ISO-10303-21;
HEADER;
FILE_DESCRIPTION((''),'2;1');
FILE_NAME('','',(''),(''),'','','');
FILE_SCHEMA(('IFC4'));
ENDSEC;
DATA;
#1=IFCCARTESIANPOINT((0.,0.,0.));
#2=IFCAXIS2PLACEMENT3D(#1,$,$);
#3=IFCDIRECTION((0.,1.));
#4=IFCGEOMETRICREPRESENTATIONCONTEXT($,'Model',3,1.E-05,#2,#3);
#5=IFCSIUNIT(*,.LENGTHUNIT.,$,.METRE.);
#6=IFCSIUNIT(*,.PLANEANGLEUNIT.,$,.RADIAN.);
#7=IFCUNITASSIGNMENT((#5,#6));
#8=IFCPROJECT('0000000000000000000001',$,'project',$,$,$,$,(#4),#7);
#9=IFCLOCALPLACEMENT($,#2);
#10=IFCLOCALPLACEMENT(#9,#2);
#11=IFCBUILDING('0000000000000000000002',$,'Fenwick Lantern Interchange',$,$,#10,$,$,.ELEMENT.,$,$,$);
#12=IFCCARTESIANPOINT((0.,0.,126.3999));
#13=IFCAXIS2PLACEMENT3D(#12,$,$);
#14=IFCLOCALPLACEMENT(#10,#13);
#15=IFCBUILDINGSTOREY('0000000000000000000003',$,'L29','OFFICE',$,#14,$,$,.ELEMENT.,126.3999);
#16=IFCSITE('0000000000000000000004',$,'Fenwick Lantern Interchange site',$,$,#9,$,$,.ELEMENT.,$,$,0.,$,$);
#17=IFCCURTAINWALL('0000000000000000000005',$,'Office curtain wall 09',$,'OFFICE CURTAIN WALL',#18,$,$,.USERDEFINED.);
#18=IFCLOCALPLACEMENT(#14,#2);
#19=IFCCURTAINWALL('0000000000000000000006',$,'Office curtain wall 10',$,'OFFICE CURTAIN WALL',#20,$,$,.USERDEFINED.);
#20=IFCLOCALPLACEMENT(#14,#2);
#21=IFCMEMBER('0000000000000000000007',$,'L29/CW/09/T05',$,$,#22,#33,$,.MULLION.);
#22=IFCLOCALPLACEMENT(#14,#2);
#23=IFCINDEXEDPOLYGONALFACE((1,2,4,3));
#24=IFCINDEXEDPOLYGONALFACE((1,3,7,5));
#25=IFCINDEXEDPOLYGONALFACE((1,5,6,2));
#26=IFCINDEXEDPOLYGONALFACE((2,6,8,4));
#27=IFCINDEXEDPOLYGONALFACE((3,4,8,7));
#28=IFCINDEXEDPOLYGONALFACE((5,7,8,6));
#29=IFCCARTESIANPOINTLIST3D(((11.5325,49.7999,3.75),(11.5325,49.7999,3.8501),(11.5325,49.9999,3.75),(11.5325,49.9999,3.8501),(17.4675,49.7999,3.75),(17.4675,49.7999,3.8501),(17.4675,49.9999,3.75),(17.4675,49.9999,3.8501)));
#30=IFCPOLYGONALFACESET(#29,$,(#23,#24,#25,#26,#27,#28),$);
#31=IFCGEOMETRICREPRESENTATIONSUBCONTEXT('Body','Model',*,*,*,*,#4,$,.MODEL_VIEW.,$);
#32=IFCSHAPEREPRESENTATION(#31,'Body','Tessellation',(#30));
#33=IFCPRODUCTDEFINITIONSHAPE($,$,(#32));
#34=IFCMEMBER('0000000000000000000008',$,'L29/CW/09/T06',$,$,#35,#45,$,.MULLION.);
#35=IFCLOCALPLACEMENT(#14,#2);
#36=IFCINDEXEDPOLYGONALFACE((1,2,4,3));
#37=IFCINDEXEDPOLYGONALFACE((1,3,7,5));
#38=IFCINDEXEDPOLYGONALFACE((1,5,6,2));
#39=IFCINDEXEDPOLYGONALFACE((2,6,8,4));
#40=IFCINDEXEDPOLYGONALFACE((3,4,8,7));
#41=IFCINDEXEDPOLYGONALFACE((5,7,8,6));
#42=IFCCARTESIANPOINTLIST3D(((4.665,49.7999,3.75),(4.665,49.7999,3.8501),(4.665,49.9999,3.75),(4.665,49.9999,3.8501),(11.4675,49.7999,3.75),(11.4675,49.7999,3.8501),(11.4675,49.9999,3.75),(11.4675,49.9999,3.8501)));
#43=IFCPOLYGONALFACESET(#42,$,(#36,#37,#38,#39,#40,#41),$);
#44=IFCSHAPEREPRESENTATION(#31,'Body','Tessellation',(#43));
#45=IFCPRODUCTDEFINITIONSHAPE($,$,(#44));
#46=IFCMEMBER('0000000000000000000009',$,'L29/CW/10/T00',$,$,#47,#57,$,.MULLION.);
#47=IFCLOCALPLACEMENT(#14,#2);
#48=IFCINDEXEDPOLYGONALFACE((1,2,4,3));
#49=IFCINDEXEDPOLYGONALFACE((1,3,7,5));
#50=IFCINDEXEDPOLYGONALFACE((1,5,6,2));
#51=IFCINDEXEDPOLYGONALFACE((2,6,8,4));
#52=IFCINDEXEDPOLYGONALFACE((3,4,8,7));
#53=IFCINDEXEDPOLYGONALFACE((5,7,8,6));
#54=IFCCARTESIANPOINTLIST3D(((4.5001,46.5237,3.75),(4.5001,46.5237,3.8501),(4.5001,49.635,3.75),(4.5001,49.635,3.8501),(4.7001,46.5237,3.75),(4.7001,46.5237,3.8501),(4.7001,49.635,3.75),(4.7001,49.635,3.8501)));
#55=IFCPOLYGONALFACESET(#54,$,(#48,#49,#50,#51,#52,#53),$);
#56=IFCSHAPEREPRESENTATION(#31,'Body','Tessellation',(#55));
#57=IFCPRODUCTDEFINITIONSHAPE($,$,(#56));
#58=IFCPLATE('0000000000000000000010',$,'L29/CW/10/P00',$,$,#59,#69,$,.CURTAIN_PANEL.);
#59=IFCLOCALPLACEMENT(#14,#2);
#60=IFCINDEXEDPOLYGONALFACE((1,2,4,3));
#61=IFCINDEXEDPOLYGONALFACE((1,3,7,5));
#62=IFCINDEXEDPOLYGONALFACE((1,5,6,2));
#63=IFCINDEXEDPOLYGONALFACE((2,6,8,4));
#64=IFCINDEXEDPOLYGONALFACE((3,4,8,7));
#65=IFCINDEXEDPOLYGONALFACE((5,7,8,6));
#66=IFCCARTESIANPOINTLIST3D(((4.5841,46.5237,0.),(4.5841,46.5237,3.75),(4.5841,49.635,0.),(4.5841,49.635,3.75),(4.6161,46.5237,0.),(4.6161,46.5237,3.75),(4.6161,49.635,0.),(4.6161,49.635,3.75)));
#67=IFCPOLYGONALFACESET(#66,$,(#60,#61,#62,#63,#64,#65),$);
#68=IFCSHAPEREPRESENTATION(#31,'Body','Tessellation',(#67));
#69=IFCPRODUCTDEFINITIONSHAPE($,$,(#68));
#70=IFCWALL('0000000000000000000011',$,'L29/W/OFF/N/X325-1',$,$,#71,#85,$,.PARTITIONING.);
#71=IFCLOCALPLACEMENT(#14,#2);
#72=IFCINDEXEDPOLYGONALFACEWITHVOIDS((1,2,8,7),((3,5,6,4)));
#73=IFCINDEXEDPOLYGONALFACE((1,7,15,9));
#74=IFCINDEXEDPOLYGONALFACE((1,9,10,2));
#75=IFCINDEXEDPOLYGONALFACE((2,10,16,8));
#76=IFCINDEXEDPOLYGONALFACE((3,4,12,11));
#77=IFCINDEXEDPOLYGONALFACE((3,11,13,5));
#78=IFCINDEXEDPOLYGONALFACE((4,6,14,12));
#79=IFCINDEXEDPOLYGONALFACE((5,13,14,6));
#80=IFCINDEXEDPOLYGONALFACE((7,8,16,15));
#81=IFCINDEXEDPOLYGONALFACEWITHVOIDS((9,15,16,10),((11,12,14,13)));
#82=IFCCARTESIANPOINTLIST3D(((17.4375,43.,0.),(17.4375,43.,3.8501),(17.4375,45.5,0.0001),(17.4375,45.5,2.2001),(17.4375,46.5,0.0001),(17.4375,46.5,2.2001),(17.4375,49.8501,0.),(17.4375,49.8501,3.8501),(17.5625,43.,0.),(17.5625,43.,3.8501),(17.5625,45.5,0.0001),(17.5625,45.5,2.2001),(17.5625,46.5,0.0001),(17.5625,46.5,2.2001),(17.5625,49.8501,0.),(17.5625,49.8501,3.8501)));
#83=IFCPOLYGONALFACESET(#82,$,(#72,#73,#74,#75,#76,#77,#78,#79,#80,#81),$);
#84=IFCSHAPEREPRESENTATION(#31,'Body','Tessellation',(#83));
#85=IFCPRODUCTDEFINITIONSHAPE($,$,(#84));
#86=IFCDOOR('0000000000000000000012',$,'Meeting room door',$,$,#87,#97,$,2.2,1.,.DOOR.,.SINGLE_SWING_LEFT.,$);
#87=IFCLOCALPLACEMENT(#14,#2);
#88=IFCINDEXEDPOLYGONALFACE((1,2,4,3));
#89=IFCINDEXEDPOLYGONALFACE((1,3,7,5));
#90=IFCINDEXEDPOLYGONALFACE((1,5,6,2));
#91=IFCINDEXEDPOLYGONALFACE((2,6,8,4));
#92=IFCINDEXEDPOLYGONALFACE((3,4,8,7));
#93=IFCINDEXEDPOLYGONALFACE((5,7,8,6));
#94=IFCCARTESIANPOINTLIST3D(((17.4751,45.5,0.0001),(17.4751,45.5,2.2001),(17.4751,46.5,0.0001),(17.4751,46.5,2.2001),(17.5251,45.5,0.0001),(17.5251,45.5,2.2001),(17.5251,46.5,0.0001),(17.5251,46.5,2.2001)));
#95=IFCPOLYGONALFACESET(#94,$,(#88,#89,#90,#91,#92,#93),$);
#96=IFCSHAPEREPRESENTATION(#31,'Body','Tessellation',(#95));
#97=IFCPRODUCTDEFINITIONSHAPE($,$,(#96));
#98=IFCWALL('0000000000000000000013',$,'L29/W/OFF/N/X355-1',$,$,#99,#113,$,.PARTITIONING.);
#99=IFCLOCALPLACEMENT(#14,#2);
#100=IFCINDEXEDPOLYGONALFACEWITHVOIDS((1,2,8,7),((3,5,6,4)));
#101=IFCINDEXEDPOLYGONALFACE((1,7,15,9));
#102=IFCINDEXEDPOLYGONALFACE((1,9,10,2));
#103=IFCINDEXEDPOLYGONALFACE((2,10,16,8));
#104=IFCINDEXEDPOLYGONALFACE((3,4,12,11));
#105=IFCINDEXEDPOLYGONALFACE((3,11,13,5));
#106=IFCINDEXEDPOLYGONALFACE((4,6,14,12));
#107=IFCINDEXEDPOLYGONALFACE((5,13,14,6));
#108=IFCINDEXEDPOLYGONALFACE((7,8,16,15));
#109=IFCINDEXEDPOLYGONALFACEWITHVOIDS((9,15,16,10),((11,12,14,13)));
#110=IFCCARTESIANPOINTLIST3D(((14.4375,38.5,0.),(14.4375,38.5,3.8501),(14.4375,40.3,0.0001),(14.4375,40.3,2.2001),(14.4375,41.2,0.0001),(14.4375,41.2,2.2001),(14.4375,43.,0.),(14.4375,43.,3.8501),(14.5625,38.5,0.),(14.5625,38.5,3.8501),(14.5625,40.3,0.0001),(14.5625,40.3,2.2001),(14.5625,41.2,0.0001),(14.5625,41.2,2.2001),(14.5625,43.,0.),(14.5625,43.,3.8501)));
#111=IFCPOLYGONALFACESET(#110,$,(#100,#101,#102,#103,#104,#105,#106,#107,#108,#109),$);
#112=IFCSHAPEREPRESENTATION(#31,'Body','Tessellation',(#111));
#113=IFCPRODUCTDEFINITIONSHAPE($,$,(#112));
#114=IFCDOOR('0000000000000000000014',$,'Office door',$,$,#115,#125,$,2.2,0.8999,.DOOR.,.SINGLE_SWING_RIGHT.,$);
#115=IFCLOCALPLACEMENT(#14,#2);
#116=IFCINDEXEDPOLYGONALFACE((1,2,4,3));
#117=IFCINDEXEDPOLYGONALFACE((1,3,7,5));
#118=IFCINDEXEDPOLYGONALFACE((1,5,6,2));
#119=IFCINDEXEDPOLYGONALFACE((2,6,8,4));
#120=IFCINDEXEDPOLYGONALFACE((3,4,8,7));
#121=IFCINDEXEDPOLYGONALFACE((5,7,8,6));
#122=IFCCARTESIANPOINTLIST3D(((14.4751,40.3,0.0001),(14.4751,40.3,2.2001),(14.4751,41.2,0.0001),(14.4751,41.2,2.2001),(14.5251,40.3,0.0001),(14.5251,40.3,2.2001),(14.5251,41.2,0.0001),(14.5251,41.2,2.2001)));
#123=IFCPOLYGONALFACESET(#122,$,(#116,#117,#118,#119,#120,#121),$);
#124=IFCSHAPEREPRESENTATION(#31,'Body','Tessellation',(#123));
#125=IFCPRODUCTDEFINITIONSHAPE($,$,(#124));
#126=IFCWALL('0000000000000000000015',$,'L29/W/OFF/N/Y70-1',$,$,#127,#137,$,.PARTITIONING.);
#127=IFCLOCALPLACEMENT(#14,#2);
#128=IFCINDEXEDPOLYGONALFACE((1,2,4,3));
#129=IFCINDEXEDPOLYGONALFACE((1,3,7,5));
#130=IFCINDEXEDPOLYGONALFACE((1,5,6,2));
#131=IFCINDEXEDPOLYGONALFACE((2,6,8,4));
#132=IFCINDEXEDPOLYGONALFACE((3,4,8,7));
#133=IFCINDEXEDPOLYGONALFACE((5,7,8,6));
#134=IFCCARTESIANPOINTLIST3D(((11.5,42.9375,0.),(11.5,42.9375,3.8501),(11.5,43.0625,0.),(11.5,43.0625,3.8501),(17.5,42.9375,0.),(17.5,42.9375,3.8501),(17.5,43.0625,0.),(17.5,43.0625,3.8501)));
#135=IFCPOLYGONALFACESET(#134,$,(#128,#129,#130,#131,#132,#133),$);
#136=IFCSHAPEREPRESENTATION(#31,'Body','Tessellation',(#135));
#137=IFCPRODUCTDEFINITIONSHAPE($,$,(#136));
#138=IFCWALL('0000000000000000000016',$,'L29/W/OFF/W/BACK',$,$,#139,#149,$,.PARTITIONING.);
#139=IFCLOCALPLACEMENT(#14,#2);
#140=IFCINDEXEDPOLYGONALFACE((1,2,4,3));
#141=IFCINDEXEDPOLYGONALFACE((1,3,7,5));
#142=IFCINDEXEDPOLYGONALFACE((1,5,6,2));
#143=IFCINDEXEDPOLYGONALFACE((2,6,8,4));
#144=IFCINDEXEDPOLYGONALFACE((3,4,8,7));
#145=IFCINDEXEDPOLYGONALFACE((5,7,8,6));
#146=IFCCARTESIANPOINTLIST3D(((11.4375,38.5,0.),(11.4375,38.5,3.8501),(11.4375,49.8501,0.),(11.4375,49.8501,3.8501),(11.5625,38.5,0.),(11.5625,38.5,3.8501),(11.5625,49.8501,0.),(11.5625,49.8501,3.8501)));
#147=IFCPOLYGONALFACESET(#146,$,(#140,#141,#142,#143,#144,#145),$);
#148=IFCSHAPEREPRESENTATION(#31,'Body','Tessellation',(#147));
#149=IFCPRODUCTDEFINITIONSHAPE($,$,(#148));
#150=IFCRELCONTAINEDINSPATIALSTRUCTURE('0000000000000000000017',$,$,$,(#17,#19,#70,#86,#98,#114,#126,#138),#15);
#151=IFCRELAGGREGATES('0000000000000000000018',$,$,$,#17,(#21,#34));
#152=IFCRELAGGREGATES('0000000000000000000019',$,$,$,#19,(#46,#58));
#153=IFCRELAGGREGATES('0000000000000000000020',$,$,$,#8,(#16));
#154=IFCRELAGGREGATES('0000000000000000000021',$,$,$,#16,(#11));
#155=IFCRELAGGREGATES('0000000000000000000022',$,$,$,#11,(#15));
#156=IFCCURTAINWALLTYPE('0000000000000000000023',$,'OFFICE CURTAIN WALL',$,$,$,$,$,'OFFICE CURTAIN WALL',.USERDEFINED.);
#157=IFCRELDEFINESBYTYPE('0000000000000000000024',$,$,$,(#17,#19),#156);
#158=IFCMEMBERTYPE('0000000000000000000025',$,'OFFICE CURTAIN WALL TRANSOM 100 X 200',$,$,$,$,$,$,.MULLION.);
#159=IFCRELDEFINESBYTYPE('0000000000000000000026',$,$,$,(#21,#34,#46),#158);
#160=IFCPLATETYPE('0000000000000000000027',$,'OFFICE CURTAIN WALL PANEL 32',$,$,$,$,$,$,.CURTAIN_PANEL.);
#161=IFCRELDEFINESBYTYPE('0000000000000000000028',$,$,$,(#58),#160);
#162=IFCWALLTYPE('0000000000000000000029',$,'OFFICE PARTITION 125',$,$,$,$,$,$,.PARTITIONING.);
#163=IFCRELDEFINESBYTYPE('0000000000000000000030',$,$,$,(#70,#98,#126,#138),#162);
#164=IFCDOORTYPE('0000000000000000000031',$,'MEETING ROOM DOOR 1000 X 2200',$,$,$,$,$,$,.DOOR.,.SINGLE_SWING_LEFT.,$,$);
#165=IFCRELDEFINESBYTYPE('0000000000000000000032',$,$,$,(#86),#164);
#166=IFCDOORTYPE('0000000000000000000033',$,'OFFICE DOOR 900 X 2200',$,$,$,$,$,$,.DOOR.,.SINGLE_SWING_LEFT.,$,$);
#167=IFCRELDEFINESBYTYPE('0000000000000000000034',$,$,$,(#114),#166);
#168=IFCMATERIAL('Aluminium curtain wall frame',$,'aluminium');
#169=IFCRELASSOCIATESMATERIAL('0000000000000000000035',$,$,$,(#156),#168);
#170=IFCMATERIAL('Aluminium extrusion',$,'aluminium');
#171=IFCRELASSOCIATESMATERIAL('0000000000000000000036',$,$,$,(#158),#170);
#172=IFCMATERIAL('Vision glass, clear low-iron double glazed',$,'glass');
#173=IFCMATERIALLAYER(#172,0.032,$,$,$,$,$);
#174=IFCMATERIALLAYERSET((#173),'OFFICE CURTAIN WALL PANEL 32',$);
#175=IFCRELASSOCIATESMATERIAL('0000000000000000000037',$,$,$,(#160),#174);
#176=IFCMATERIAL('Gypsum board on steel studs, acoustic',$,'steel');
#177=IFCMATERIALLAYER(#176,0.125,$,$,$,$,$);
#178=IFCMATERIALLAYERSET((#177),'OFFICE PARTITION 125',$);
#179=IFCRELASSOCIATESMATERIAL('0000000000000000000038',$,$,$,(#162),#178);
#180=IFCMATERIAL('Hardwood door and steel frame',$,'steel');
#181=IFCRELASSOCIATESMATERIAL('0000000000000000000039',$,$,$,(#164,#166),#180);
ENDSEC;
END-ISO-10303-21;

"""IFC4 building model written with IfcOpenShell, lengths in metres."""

from ifc_helpers import new_model, si_unit, direction, frame, frame_2d, origin, origin_2d, place, context, subcontext, project, spatial, rectangle, extrude, material, layer, layer_set, material_profile, profile_set, type_object, element, fill, aggregate, save


model = new_model("IFC4")

# Units and contexts
model_context = context("Model", 3, precision=1e-05, world=origin(), true_north=direction((0.0, 1.0)))
body_context = subcontext(model_context, "Body", "Model", "MODEL_VIEW")
ifc_project = project(units=[si_unit("LENGTHUNIT", "METRE"), si_unit("PLANEANGLEUNIT", "RADIAN")], contexts=[model_context])

# Site, building, storey
site_placement = place(None, origin())
site = spatial("IfcSite", under=ifc_project, at=site_placement, Name="Fenwick Lantern Interchange site", CompositionType="ELEMENT", RefElevation=0.0)
building_placement = place(site_placement, origin())
building = spatial("IfcBuilding", under=site, at=building_placement, Name="Fenwick Lantern Interchange", CompositionType="ELEMENT")
storey_placement = place(building_placement, frame((0.0, 0.0, 126.3999)))
storey = spatial("IfcBuildingStorey", under=building, at=storey_placement, Name="L29", Description="OFFICE", CompositionType="ELEMENT", Elevation=126.3999)

# Curtain wall
ifc_material_1 = material(Name="Aluminium curtain wall frame", Category="aluminium")
curtain_wall_type = type_object("IfcCurtainWallType", Name="OFFICE CURTAIN WALL", ElementType="OFFICE CURTAIN WALL", PredefinedType="USERDEFINED", material=ifc_material_1)
curtain_wall_1_placement = place(storey_placement, origin())
curtain_wall_1 = element("IfcCurtainWall", 1, at=curtain_wall_1_placement, inside=storey, type_object=curtain_wall_type, Name="Office curtain wall 09", ObjectType="OFFICE CURTAIN WALL", PredefinedType="USERDEFINED")
ifc_material_2 = material(Name="Aluminium extrusion", Category="aluminium")

# Curtain wall
curtain_wall_2_placement = place(storey_placement, origin())
curtain_wall_2 = element("IfcCurtainWall", 2, at=curtain_wall_2_placement, inside=storey, type_object=curtain_wall_type, Name="Office curtain wall 10", ObjectType="OFFICE CURTAIN WALL", PredefinedType="USERDEFINED")

# Members
ifc_material_profile_1 = material_profile(ifc_material_2, rectangle(XDim=0.2, YDim=0.1001, at=origin_2d()), Name="OFFICE CURTAIN WALL TRANSOM 100 X 200")
ifc_profile_set_1 = profile_set([ifc_material_profile_1], Name="Aluminium extrusion")
member_type_1 = type_object("IfcMemberType", Name="OFFICE CURTAIN WALL TRANSOM 100 X 200", PredefinedType="MULLION", material=ifc_profile_set_1)
member_1_placement = place(storey_placement, frame((17.4675, 49.8999, 3.8), z_axis=(-1.0, 0.0, 0.0), x_axis=(0.0, -1.0, 0.0)))
member_1 = element("IfcMember", 3, at=member_1_placement, type_object=member_type_1, Name="L29/CW/09/T05", PredefinedType="MULLION", context=body_context, shape_type="SweptSolid", body=[
    extrude(rectangle(XDim=0.2, YDim=0.1001, at=origin_2d()), origin(), (0.0, 0.0, 1.0), 5.9351),
])
member_2_placement = place(storey_placement, frame((11.4675, 49.8999, 3.8), z_axis=(-1.0, 0.0, 0.0), x_axis=(0.0, -1.0, 0.0)))
member_2 = element("IfcMember", 4, at=member_2_placement, type_object=member_type_1, Name="L29/CW/09/T06", PredefinedType="MULLION", context=body_context, shape_type="SweptSolid", body=[
    extrude(rectangle(XDim=0.2, YDim=0.1001, at=origin_2d()), origin(), (0.0, 0.0, 1.0), 6.8025),
])
aggregate(curtain_wall_1, [member_1, member_2])
member_3_placement = place(storey_placement, frame((4.6001, 49.635, 3.8), z_axis=(0.0, -1.0, 0.0), x_axis=(1.0, 0.0, 0.0)))
member_3 = element("IfcMember", 5, at=member_3_placement, type_object=member_type_1, Name="L29/CW/10/T00", PredefinedType="MULLION", context=body_context, shape_type="SweptSolid", body=[
    extrude(rectangle(XDim=0.2, YDim=0.1001, at=origin_2d()), origin(), (0.0, 0.0, 1.0), 3.1113),
])

# Plate
ifc_material_3 = material(Name="Vision glass, clear low-iron double glazed", Category="glass")
ifc_layer_1 = layer(ifc_material_3, 0.032)
ifc_layer_set_1 = layer_set([ifc_layer_1], Name="OFFICE CURTAIN WALL PANEL 32")
plate_type = type_object("IfcPlateType", Name="OFFICE CURTAIN WALL PANEL 32", PredefinedType="CURTAIN_PANEL", material=ifc_layer_set_1)
plate_placement = place(storey_placement, frame((4.6001, 48.0793, 0.0), z_axis=(0.0, 0.0, 1.0), x_axis=(0.0, -1.0, 0.0)))
plate = element("IfcPlate", 6, at=plate_placement, type_object=plate_type, Name="L29/CW/10/P00", PredefinedType="CURTAIN_PANEL", context=body_context, shape_type="SweptSolid", body=[
    extrude(rectangle(XDim=3.1113, YDim=0.032, at=origin_2d()), origin(), (0.0, 0.0, 1.0), 3.75),
])
aggregate(curtain_wall_2, [member_3, plate])

# Walls, openings, doors
ifc_material_4 = material(Name="Gypsum board on steel studs, acoustic", Category="steel")
ifc_layer_2 = layer(ifc_material_4, 0.125)
ifc_layer_set_2 = layer_set([ifc_layer_2], Name="OFFICE PARTITION 125")
wall_type = type_object("IfcWallType", Name="OFFICE PARTITION 125", PredefinedType="PARTITIONING", material=ifc_layer_set_2)
wall_1_placement = place(storey_placement, frame((17.5, 49.8501, 0.0), z_axis=(0.0, 0.0, 1.0), x_axis=(0.0, -1.0, 0.0)))
wall_1 = element("IfcWall", 7, at=wall_1_placement, inside=storey, type_object=wall_type, Name="L29/W/OFF/N/X325-1", PredefinedType="PARTITIONING", context=body_context, shape_type="SweptSolid", body=[
    extrude(rectangle(XDim=6.8501, YDim=0.125, at=frame_2d((3.425, 0.0))), origin(), (0.0, 0.0, 1.0), 3.8501),
])
opening_1_placement = place(wall_1_placement, frame((3.3501, 0.0, 0.0)))
opening_1 = element("IfcOpeningElement", 8, at=opening_1_placement, cuts=wall_1, PredefinedType="OPENING", context=body_context, shape_type="SweptSolid", body=[
    extrude(rectangle(XDim=1.0, YDim=2.2, at=frame_2d((0.5, 1.1001))), frame((0.0, 0.0725, 0.0), z_axis=(0.0, -1.0, 0.0), x_axis=(1.0, 0.0, 0.0)), (0.0, 0.0, 1.0), 0.145),
])
ifc_material_5 = material(Name="Hardwood door and steel frame", Category="steel")
door_type_1 = type_object("IfcDoorType", Name="MEETING ROOM DOOR 1000 X 2200", OperationType="SINGLE_SWING_LEFT", PredefinedType="DOOR", material=ifc_material_5)
door_1_placement = place(opening_1_placement, frame((1.0, 0.0, 0.0), z_axis=(0.0, 0.0, 1.0), x_axis=(-1.0, 0.0, 0.0)))
door_1 = element("IfcDoor", 9, at=door_1_placement, inside=storey, type_object=door_type_1, Name="Meeting room door", OperationType="SINGLE_SWING_LEFT", OverallHeight=2.2, OverallWidth=1.0, PredefinedType="DOOR", context=body_context, shape_type="SweptSolid", body=[
    extrude(rectangle(XDim=1.0, YDim=2.2, at=frame_2d((0.5, 1.1001))), frame((0.0, 0.0249, 0.0), z_axis=(0.0, -1.0, 0.0), x_axis=(1.0, 0.0, 0.0)), (0.0, 0.0, 1.0), 0.05),
])
fill(opening_1, door_1)
wall_2_placement = place(storey_placement, frame((14.5, 43.0, 0.0), z_axis=(0.0, 0.0, 1.0), x_axis=(0.0, -1.0, 0.0)))
wall_2 = element("IfcWall", 10, at=wall_2_placement, inside=storey, type_object=wall_type, Name="L29/W/OFF/N/X355-1", PredefinedType="PARTITIONING", context=body_context, shape_type="SweptSolid", body=[
    extrude(rectangle(XDim=4.5, YDim=0.125, at=frame_2d((2.25, 0.0))), origin(), (0.0, 0.0, 1.0), 3.8501),
])
opening_2_placement = place(wall_2_placement, frame((1.8, 0.0, 0.0)))
opening_2 = element("IfcOpeningElement", 11, at=opening_2_placement, cuts=wall_2, PredefinedType="OPENING", context=body_context, shape_type="SweptSolid", body=[
    extrude(rectangle(XDim=0.8999, YDim=2.2, at=frame_2d((0.45, 1.1001))), frame((0.0, 0.0725, 0.0), z_axis=(0.0, -1.0, 0.0), x_axis=(1.0, 0.0, 0.0)), (0.0, 0.0, 1.0), 0.145),
])
door_type_2 = type_object("IfcDoorType", Name="OFFICE DOOR 900 X 2200", OperationType="SINGLE_SWING_LEFT", PredefinedType="DOOR", material=ifc_material_5)
door_2_placement = place(opening_2_placement, frame((0.8999, 0.0, 0.0), z_axis=(0.0, 0.0, 1.0), x_axis=(-1.0, 0.0, 0.0)))
door_2 = element("IfcDoor", 12, at=door_2_placement, inside=storey, type_object=door_type_2, Name="Office door", OperationType="SINGLE_SWING_RIGHT", OverallHeight=2.2, OverallWidth=0.8999, PredefinedType="DOOR", context=body_context, shape_type="SweptSolid", body=[
    extrude(rectangle(XDim=0.8999, YDim=2.2, at=frame_2d((0.45, 1.1001))), frame((0.0, 0.0249, 0.0), z_axis=(0.0, -1.0, 0.0), x_axis=(1.0, 0.0, 0.0)), (0.0, 0.0, 1.0), 0.05),
])
fill(opening_2, door_2)

# Walls
wall_3_placement = place(storey_placement, frame((17.5, 43.0, 0.0), z_axis=(0.0, 0.0, 1.0), x_axis=(-1.0, 0.0, 0.0)))
element("IfcWall", 13, at=wall_3_placement, inside=storey, type_object=wall_type, Name="L29/W/OFF/N/Y70-1", PredefinedType="PARTITIONING", context=body_context, shape_type="SweptSolid", body=[
    extrude(rectangle(XDim=6.0, YDim=0.125, at=frame_2d((3.0, 0.0))), origin(), (0.0, 0.0, 1.0), 3.8501),
])
wall_4_placement = place(storey_placement, frame((11.5, 49.8501, 0.0), z_axis=(0.0, 0.0, 1.0), x_axis=(0.0, -1.0, 0.0)))
element("IfcWall", 14, at=wall_4_placement, inside=storey, type_object=wall_type, Name="L29/W/OFF/W/BACK", PredefinedType="PARTITIONING", context=body_context, shape_type="SweptSolid", body=[
    extrude(rectangle(XDim=11.3501, YDim=0.125, at=frame_2d((5.675, 0.0))), origin(), (0.0, 0.0, 1.0), 3.8501),
])

save(model, "model.ifc")
